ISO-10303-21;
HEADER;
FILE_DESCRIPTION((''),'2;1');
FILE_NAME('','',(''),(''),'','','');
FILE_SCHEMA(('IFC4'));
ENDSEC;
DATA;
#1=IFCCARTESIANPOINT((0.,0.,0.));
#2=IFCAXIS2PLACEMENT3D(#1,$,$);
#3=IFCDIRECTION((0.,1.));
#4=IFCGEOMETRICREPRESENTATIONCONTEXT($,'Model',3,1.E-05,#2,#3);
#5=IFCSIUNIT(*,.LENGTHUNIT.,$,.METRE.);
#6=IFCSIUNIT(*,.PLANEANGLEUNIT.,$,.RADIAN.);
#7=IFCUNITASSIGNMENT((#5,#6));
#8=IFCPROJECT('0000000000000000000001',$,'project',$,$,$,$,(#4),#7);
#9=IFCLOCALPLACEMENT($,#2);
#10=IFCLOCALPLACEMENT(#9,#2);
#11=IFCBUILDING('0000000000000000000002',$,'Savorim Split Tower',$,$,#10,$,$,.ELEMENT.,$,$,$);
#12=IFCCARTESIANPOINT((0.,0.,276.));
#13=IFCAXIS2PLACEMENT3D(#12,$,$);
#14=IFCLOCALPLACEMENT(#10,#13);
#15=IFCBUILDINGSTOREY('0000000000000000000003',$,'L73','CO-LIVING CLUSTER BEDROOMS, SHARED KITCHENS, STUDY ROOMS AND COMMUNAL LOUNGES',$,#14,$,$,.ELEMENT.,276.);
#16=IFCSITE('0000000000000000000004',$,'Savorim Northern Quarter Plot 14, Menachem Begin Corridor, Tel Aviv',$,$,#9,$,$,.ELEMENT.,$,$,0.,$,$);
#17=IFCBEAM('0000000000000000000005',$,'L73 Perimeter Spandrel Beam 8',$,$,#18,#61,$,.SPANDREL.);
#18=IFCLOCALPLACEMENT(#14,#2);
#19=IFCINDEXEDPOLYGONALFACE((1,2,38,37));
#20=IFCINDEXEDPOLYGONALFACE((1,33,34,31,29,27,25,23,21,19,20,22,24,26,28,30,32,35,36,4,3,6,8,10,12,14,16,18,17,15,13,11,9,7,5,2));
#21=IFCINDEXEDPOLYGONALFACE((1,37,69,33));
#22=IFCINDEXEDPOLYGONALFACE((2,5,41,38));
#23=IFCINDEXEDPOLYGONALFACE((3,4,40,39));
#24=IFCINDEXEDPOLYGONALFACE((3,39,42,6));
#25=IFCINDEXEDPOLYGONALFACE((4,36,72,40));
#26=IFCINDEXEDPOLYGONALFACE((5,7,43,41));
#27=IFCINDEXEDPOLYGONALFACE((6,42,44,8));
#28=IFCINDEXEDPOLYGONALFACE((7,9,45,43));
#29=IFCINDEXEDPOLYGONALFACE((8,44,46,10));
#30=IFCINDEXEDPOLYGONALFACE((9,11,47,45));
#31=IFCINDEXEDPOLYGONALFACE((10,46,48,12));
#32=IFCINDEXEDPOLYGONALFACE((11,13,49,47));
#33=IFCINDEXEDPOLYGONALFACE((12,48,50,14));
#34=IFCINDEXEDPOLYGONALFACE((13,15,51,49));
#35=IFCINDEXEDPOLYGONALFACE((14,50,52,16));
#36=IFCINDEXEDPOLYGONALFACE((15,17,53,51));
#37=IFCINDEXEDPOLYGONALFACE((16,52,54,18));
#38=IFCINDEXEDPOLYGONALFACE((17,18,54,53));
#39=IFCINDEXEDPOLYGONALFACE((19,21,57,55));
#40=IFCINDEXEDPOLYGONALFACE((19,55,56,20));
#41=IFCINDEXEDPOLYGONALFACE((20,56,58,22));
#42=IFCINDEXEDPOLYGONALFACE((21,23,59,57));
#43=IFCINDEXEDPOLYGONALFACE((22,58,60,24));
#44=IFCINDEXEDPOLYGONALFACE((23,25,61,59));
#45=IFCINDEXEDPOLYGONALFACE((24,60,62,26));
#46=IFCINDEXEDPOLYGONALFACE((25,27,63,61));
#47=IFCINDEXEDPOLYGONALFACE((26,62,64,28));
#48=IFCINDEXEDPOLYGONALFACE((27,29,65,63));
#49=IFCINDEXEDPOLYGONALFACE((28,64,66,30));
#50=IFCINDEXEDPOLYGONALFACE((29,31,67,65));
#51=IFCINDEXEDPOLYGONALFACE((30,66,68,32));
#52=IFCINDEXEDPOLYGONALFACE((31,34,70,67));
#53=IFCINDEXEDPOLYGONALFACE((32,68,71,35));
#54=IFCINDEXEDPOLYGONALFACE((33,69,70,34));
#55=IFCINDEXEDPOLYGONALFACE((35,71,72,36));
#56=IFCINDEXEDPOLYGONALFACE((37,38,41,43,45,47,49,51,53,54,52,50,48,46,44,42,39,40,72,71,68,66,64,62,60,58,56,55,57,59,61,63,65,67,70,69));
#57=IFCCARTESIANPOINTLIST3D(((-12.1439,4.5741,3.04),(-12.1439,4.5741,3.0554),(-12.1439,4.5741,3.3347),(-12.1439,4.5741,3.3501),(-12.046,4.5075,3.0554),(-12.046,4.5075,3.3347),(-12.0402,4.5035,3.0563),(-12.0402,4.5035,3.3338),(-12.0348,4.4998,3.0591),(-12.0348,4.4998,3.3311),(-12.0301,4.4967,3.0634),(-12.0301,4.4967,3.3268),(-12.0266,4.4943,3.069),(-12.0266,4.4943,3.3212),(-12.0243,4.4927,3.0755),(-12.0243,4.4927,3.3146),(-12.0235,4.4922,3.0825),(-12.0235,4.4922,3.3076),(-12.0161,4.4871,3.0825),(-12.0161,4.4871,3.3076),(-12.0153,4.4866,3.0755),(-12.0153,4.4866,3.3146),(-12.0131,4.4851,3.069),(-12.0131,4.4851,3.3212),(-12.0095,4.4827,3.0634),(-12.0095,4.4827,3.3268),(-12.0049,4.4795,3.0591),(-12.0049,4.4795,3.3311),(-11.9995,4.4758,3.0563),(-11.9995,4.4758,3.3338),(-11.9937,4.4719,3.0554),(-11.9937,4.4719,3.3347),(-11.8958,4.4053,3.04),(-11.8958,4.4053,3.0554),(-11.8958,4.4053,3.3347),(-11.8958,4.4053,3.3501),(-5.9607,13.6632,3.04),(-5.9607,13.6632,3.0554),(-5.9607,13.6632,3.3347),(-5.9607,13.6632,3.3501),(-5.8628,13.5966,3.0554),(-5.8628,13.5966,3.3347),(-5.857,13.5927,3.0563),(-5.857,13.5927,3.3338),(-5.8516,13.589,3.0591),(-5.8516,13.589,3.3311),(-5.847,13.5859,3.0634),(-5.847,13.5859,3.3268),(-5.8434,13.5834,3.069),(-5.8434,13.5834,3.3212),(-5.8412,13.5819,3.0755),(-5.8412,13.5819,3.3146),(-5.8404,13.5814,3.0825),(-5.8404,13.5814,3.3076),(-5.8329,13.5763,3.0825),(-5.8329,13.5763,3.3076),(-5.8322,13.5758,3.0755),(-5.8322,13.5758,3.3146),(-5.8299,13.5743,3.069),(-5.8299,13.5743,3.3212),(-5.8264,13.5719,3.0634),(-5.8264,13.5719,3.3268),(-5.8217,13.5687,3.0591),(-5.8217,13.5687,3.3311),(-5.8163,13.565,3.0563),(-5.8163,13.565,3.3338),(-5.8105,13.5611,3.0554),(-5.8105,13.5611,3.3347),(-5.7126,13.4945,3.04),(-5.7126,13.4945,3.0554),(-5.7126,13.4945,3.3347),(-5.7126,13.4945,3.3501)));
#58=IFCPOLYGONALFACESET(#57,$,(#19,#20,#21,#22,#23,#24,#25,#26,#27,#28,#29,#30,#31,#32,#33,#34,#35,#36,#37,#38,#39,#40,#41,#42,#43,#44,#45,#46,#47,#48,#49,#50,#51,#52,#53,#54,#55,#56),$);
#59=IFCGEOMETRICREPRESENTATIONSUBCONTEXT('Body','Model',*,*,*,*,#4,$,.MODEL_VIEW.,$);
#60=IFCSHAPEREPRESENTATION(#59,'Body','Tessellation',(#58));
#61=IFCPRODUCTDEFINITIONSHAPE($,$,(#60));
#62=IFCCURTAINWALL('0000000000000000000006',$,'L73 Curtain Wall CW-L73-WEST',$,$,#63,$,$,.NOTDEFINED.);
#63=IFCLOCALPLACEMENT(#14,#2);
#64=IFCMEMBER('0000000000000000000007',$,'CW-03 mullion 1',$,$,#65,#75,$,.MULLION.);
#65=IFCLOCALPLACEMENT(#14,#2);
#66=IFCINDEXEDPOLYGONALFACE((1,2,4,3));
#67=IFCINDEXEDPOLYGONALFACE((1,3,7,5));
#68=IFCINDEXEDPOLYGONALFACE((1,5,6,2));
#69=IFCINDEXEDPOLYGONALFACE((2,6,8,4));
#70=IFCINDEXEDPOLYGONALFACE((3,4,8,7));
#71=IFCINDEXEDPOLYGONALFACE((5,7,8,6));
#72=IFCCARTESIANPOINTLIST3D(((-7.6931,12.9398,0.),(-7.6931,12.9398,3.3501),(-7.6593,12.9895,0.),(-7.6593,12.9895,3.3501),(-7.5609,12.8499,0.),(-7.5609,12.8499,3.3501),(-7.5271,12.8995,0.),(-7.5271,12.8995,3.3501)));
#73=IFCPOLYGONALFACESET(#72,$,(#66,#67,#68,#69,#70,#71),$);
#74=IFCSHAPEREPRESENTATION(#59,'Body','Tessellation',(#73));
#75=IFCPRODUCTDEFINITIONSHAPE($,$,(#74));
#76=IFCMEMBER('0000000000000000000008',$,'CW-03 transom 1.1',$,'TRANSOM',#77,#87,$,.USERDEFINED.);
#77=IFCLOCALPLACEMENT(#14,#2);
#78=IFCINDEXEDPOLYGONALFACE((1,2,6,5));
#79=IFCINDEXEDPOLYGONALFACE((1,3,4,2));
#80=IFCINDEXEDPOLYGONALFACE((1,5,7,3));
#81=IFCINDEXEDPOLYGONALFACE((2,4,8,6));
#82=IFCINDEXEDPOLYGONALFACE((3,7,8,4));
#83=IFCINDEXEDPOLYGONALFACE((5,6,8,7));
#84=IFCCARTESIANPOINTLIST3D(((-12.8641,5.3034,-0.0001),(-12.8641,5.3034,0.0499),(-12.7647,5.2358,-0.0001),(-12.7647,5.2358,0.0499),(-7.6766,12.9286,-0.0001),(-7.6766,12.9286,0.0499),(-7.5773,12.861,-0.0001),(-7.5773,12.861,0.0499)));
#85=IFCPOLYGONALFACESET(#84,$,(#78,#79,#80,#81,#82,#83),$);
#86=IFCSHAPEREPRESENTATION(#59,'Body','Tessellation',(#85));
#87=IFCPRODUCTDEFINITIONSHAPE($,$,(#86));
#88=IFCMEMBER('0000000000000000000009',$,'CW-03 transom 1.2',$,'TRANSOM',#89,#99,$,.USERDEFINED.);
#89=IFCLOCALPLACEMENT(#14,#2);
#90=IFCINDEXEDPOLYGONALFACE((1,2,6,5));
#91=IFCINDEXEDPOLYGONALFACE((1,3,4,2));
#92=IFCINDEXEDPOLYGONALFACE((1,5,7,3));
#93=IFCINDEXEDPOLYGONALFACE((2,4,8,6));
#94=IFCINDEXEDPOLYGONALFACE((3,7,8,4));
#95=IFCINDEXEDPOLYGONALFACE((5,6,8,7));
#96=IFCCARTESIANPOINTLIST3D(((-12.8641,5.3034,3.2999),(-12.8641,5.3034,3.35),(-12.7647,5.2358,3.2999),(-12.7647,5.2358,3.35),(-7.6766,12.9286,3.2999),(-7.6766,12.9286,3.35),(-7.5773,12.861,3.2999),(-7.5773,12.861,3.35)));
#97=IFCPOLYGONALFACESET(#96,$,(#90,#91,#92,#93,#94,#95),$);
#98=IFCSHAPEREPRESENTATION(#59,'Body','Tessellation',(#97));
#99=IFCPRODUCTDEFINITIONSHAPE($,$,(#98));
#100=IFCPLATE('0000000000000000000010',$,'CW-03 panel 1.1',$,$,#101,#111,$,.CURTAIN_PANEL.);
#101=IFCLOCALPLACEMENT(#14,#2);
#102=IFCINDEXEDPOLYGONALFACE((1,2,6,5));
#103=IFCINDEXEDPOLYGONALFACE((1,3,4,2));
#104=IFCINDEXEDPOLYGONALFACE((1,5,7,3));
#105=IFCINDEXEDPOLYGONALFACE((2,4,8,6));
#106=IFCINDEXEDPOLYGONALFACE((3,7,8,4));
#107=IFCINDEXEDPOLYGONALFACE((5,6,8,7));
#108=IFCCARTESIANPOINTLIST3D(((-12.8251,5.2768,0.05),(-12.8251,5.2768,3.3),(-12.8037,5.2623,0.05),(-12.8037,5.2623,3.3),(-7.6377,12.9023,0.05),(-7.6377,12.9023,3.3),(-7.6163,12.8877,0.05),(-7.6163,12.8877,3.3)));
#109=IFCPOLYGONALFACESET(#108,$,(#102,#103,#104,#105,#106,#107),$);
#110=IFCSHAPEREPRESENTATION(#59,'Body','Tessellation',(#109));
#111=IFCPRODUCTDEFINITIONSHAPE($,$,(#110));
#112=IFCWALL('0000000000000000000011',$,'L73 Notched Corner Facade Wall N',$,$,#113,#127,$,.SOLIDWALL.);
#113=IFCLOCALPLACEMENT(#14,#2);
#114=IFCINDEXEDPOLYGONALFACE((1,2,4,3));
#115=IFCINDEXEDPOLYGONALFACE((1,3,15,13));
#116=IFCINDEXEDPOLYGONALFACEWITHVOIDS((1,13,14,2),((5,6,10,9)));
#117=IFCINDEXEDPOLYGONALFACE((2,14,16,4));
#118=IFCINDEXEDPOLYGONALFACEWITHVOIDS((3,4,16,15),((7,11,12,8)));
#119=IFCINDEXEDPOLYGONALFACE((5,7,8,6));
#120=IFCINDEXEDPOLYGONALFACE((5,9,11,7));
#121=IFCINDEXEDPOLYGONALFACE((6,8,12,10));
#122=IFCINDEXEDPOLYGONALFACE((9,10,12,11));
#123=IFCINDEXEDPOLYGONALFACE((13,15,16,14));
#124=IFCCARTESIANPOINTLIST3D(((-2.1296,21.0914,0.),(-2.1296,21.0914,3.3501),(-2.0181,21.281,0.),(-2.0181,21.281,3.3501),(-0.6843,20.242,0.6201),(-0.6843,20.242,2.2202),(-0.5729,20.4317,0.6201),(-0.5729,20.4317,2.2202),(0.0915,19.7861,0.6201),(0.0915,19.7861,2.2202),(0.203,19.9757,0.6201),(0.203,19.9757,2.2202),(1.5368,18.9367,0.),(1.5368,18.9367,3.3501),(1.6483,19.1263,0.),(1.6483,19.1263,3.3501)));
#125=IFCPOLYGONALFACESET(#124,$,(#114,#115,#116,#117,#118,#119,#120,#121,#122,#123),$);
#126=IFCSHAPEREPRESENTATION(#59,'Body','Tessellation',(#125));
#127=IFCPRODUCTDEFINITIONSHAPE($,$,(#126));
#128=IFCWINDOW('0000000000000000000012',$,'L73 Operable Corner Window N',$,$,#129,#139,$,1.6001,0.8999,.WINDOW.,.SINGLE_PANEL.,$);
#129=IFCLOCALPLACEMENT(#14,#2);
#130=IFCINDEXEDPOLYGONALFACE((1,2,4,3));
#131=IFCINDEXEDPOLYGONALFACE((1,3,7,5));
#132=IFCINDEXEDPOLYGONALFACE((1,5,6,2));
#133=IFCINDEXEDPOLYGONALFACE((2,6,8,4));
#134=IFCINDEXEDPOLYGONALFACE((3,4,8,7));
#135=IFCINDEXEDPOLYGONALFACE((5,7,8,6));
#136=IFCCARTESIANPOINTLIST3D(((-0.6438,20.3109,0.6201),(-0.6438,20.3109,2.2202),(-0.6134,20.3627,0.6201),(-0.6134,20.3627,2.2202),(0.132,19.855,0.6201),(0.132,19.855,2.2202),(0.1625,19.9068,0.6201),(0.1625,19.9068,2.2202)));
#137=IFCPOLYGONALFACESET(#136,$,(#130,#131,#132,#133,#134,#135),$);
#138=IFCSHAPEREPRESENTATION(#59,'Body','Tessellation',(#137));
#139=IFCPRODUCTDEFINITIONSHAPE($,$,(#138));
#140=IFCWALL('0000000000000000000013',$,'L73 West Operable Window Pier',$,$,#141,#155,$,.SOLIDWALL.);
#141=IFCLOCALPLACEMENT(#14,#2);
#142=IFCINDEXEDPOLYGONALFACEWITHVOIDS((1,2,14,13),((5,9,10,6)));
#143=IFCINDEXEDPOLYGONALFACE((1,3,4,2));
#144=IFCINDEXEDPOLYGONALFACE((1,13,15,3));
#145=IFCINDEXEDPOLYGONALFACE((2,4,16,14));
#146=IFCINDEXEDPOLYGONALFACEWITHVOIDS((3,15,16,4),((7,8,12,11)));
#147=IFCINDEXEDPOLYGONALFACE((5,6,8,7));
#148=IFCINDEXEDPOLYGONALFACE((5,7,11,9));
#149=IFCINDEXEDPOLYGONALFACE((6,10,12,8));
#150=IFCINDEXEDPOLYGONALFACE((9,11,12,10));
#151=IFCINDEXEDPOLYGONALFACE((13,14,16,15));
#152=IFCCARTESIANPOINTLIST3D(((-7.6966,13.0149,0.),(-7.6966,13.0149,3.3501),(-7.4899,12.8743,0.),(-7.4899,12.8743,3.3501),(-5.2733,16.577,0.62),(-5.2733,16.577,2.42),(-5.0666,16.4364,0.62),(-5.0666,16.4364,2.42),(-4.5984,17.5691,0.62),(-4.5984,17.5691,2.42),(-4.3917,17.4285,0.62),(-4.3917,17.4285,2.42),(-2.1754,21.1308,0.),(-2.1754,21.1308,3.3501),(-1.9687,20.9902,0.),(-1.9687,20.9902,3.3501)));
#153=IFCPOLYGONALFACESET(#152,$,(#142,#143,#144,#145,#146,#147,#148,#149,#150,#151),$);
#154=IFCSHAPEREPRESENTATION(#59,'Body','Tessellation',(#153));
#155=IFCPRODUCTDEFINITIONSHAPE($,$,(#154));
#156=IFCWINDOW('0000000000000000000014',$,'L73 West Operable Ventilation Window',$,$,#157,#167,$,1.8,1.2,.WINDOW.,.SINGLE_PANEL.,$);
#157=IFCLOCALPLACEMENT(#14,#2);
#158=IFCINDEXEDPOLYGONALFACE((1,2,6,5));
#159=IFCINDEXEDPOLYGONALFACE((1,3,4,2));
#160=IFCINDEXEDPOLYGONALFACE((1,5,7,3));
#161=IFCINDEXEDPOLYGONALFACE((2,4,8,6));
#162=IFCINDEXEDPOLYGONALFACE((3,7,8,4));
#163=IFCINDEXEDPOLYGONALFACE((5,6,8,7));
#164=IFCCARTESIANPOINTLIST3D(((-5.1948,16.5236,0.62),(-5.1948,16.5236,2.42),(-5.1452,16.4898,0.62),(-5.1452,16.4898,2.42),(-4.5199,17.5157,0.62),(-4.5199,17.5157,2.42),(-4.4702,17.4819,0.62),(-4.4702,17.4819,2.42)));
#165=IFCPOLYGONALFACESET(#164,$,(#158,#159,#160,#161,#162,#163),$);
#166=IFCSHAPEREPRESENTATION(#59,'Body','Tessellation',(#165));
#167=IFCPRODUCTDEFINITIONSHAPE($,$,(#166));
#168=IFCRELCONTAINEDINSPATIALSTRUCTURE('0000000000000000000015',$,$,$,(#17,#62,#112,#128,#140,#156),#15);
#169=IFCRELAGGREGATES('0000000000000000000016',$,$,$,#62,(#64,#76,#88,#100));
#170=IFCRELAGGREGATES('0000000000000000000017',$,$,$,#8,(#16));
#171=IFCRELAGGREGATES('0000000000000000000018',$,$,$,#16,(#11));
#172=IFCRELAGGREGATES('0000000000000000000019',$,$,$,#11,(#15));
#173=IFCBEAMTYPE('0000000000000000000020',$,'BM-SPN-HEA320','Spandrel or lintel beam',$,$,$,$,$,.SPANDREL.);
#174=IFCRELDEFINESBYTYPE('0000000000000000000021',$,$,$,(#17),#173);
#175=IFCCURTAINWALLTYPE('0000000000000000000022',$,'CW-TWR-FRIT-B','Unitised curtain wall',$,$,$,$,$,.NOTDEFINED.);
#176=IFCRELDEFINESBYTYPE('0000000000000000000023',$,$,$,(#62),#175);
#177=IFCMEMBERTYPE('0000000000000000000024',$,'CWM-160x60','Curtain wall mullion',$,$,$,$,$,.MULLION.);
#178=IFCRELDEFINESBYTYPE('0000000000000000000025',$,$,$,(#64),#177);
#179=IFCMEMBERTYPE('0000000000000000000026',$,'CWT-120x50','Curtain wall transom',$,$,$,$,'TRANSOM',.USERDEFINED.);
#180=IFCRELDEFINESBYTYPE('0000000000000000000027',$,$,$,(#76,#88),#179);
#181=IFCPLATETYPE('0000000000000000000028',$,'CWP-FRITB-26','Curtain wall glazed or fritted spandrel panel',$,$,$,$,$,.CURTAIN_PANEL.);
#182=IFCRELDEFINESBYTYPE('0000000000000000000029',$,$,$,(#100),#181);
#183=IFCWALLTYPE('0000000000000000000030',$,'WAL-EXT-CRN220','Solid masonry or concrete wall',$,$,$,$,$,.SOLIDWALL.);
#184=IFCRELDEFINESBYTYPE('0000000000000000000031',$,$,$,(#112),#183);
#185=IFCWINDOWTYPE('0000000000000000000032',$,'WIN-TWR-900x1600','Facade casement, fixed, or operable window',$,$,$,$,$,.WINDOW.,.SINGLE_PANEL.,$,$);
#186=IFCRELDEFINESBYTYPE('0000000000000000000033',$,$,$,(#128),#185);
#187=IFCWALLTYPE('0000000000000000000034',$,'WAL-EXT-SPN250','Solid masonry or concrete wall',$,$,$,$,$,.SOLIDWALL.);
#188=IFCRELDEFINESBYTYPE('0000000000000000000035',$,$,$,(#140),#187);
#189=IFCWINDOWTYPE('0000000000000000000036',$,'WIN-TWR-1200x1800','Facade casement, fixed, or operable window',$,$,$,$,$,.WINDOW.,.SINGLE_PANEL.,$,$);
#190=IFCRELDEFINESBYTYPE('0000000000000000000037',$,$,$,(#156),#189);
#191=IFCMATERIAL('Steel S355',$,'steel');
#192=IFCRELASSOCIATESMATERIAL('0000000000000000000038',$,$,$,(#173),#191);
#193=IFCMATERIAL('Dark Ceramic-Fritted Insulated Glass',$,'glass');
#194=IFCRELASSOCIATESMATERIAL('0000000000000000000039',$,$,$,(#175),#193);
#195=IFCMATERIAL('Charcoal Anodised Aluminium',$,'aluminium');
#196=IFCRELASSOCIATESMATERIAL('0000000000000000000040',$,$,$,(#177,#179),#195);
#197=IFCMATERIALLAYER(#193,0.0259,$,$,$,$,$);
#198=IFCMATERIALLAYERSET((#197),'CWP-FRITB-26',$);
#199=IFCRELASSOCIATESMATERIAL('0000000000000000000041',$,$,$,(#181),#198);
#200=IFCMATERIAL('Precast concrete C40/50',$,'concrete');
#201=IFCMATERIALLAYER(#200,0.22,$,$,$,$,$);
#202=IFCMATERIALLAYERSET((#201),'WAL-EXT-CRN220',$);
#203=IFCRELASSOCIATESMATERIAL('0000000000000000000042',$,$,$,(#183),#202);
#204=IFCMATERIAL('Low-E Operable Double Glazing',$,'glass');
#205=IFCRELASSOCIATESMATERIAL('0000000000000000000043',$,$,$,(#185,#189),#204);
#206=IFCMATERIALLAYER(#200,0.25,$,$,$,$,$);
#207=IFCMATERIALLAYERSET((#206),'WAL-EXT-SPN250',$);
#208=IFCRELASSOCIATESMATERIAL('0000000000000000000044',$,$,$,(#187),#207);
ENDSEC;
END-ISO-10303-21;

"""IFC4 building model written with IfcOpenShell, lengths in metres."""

from ifc_helpers import new_model, si_unit, direction, frame, frame_2d, origin, origin_2d, place, context, subcontext, project, spatial, rectangle, i_section, extrude, material, layer, layer_set, material_profile, profile_set, type_object, element, fill, aggregate, save


model = new_model("IFC4")

# Units and contexts
model_context = context("Model", 3, precision=1e-05, world=origin(), true_north=direction((0.0, 1.0)))
body_context = subcontext(model_context, "Body", "Model", "MODEL_VIEW")
ifc_project = project(units=[si_unit("LENGTHUNIT", "METRE"), si_unit("PLANEANGLEUNIT", "RADIAN")], contexts=[model_context])

# Site, building, storey
site_placement = place(None, origin())
site = spatial("IfcSite", under=ifc_project, at=site_placement, Name="Savorim Northern Quarter Plot 14, Menachem Begin Corridor, Tel Aviv", CompositionType="ELEMENT", RefElevation=0.0)
building_placement = place(site_placement, origin())
building = spatial("IfcBuilding", under=site, at=building_placement, Name="Savorim Split Tower", CompositionType="ELEMENT")
storey_placement = place(building_placement, frame((0.0, 0.0, 276.0)))
storey = spatial("IfcBuildingStorey", under=building, at=storey_placement, Name="L73", Description="CO-LIVING CLUSTER BEDROOMS, SHARED KITCHENS, STUDY ROOMS AND COMMUNAL LOUNGES", CompositionType="ELEMENT", Elevation=276.0)

# Shared definitions
ifc_material_1 = material(Name="Steel S355", Category="steel")

# Beam
ifc_material_profile_1 = material_profile(ifc_material_1, i_section(OverallWidth=0.3, OverallDepth=0.3101, WebThickness=0.009, FlangeThickness=0.0154, FilletRadius=0.0271, at=origin_2d()), Name="HEA 320")
ifc_profile_set_1 = profile_set([ifc_material_profile_1], Name="Steel S355")
beam_type_1 = type_object("IfcBeamType", Name="BM-SPN-HEA320", Description="Spandrel or lintel beam", PredefinedType="SPANDREL", material=ifc_profile_set_1)
beam_1_placement = place(storey_placement, frame((-5.8367, 13.5789, 3.1951), z_axis=(-0.562466, -0.82682, 0.0), x_axis=(0.82682, -0.562466, 0.0)))
element("IfcBeam", 1, at=beam_1_placement, inside=storey, type_object=beam_type_1, Name="L73 Perimeter Spandrel Beam 8", PredefinedType="SPANDREL", context=body_context, shape_type="SweptSolid", body=[
    extrude(i_section(OverallWidth=0.3, OverallDepth=0.3101, WebThickness=0.009, FlangeThickness=0.0154, FilletRadius=0.0271, at=origin_2d()), origin(), (0.0, 0.0, 1.0), 10.9929),
])

# Curtain wall, members, plate
ifc_material_2 = material(Name="Dark Ceramic-Fritted Insulated Glass", Category="glass")
curtain_wall_type = type_object("IfcCurtainWallType", Name="CW-TWR-FRIT-B", Description="Unitised curtain wall", PredefinedType="NOTDEFINED", material=ifc_material_2)
curtain_wall_placement = place(storey_placement, origin())
curtain_wall = element("IfcCurtainWall", 2, at=curtain_wall_placement, inside=storey, type_object=curtain_wall_type, Name="L73 Curtain Wall CW-L73-WEST", PredefinedType="NOTDEFINED")
ifc_material_3 = material(Name="Charcoal Anodised Aluminium", Category="aluminium")
ifc_material_profile_2 = material_profile(ifc_material_3, rectangle(XDim=0.1599, YDim=0.0601, at=origin_2d()), Name="ALU-M 160x60")
ifc_profile_set_2 = profile_set([ifc_material_profile_2], Name="Charcoal Anodised Aluminium")
member_type_1 = type_object("IfcMemberType", Name="CWM-160x60", Description="Curtain wall mullion", PredefinedType="MULLION", material=ifc_profile_set_2)
member_1_placement = place(storey_placement, frame((-7.6101, 12.9197, 0.0), z_axis=(0.0, 0.0, 1.0), x_axis=(0.826818, -0.56247, 0.0)))
member_1 = element("IfcMember", 3, at=member_1_placement, type_object=member_type_1, Name="CW-03 mullion 1", PredefinedType="MULLION", context=body_context, shape_type="SweptSolid", body=[
    extrude(rectangle(XDim=0.1599, YDim=0.0601, at=origin_2d()), origin(), (0.0, 0.0, 1.0), 3.3501),
])
ifc_material_profile_3 = material_profile(ifc_material_3, rectangle(XDim=0.1201, YDim=0.05, at=origin_2d()), Name="ALU-T 120x50")
ifc_profile_set_3 = profile_set([ifc_material_profile_3], Name="Charcoal Anodised Aluminium")
member_type_2 = type_object("IfcMemberType", Name="CWT-120x50", Description="Curtain wall transom", ElementType="TRANSOM", PredefinedType="USERDEFINED", material=ifc_profile_set_3)
member_2_placement = place(storey_placement, frame((-7.627, 12.8948, 0.0249), z_axis=(-0.562483, -0.826809, 0.0), x_axis=(0.826809, -0.562483, 0.0)))
member_2 = element("IfcMember", 4, at=member_2_placement, type_object=member_type_2, Name="CW-03 transom 1.1", ObjectType="TRANSOM", PredefinedType="USERDEFINED", context=body_context, shape_type="SweptSolid", body=[
    extrude(rectangle(XDim=0.1201, YDim=0.05, at=origin_2d()), origin(), (0.0, 0.0, 1.0), 9.2224),
])
member_3_placement = place(storey_placement, frame((-7.627, 12.8948, 3.325), z_axis=(-0.562483, -0.826809, 0.0), x_axis=(0.826809, -0.562483, 0.0)))
member_3 = element("IfcMember", 5, at=member_3_placement, type_object=member_type_2, Name="CW-03 transom 1.2", ObjectType="TRANSOM", PredefinedType="USERDEFINED", context=body_context, shape_type="SweptSolid", body=[
    extrude(rectangle(XDim=0.1201, YDim=0.05, at=origin_2d()), origin(), (0.0, 0.0, 1.0), 9.2224),
])
ifc_layer_1 = layer(ifc_material_2, 0.0259)
ifc_layer_set_1 = layer_set([ifc_layer_1], Name="CWP-FRITB-26")
plate_type = type_object("IfcPlateType", Name="CWP-FRITB-26", Description="Curtain wall glazed or fritted spandrel panel", PredefinedType="CURTAIN_PANEL", material=ifc_layer_set_1)
plate_placement = place(storey_placement, frame((-10.2207, 9.0823, 0.05), z_axis=(0.0, 0.0, 1.0), x_axis=(-0.56247, -0.826818, 0.0)))
plate = element("IfcPlate", 6, at=plate_placement, type_object=plate_type, Name="CW-03 panel 1.1", PredefinedType="CURTAIN_PANEL", context=body_context, shape_type="SweptSolid", body=[
    extrude(rectangle(XDim=9.2227, YDim=0.0259, at=origin_2d()), origin(), (0.0, 0.0, 1.0), 3.25),
])
aggregate(curtain_wall, [member_1, member_2, member_3, plate])

# Walls, openings, windows
ifc_material_4 = material(Name="Precast concrete C40/50", Category="concrete")
ifc_layer_2 = layer(ifc_material_4, 0.22)
ifc_layer_set_2 = layer_set([ifc_layer_2], Name="WAL-EXT-CRN220")
wall_type_1 = type_object("IfcWallType", Name="WAL-EXT-CRN220", Description="Solid masonry or concrete wall", PredefinedType="SOLIDWALL", material=ifc_layer_set_2)
wall_1_placement = place(storey_placement, frame((-2.074, 21.1863, 0.0), z_axis=(0.0, 0.0, 1.0), x_axis=(0.862138, -0.506674, 0.0)))
wall_1 = element("IfcWall", 7, at=wall_1_placement, inside=storey, type_object=wall_type_1, Name="L73 Notched Corner Facade Wall N", PredefinedType="SOLIDWALL", context=body_context, shape_type="SweptSolid", body=[
    extrude(rectangle(XDim=4.2527, YDim=0.22, at=frame_2d((2.1265, 0.0))), origin(), (0.0, 0.0, 1.0), 3.3501),
])
opening_1_placement = place(wall_1_placement, frame((1.6765, 0.0, 0.6201)))
opening_1 = element("IfcOpeningElement", 8, at=opening_1_placement, cuts=wall_1, PredefinedType="OPENING", context=body_context, shape_type="SweptSolid", body=[
    extrude(rectangle(XDim=0.8999, YDim=1.6001, at=frame_2d((0.45, 0.8))), frame((0.0, 0.1199, 0.0), z_axis=(0.0, -1.0, 0.0), x_axis=(1.0, 0.0, 0.0)), (0.0, 0.0, 1.0), 0.24),
])
ifc_material_5 = material(Name="Low-E Operable Double Glazing", Category="glass")
window_type_1 = type_object("IfcWindowType", Name="WIN-TWR-900x1600", Description="Facade casement, fixed, or operable window", PartitioningType="SINGLE_PANEL", PredefinedType="WINDOW", material=ifc_material_5)
window_1_placement = place(opening_1_placement, origin())
window_1 = element("IfcWindow", 9, at=window_1_placement, inside=storey, type_object=window_type_1, Name="L73 Operable Corner Window N", OverallHeight=1.6001, OverallWidth=0.8999, PartitioningType="SINGLE_PANEL", PredefinedType="WINDOW", context=body_context, shape_type="SweptSolid", body=[
    extrude(rectangle(XDim=0.8999, YDim=1.6001, at=frame_2d((0.45, 0.8))), frame((0.0, 0.03, 0.0), z_axis=(0.0, -1.0, 0.0), x_axis=(1.0, 0.0, 0.0)), (0.0, 0.0, 1.0), 0.0601),
])
fill(opening_1, window_1)
ifc_layer_3 = layer(ifc_material_4, 0.25)
ifc_layer_set_3 = layer_set([ifc_layer_3], Name="WAL-EXT-SPN250")
wall_type_2 = type_object("IfcWallType", Name="WAL-EXT-SPN250", Description="Solid masonry or concrete wall", PredefinedType="SOLIDWALL", material=ifc_layer_set_3)
wall_2_placement = place(storey_placement, frame((-7.5933, 12.9446, 0.0), z_axis=(0.0, 0.0, 1.0), x_axis=(0.562476, 0.826814, 0.0)))
wall_2 = element("IfcWall", 10, at=wall_2_placement, inside=storey, type_object=wall_type_2, Name="L73 West Operable Window Pier", PredefinedType="SOLIDWALL", context=body_context, shape_type="SweptSolid", body=[
    extrude(rectangle(XDim=9.8159, YDim=0.25, at=frame_2d((4.908, 0.0))), origin(), (0.0, 0.0, 1.0), 3.3501),
])
opening_2_placement = place(wall_2_placement, frame((4.3081, 0.0, 0.6201)))
opening_2 = element("IfcOpeningElement", 11, at=opening_2_placement, cuts=wall_2, PredefinedType="OPENING", context=body_context, shape_type="SweptSolid", body=[
    extrude(rectangle(XDim=1.2, YDim=1.8, at=frame_2d((0.6001, 0.8999))), frame((0.0, 0.135, 0.0), z_axis=(0.0, -1.0, 0.0), x_axis=(1.0, 0.0, 0.0)), (0.0, 0.0, 1.0), 0.27),
])
window_type_2 = type_object("IfcWindowType", Name="WIN-TWR-1200x1800", Description="Facade casement, fixed, or operable window", PartitioningType="SINGLE_PANEL", PredefinedType="WINDOW", material=ifc_material_5)
window_2_placement = place(opening_2_placement, origin())
window_2 = element("IfcWindow", 12, at=window_2_placement, inside=storey, type_object=window_type_2, Name="L73 West Operable Ventilation Window", OverallHeight=1.8, OverallWidth=1.2, PartitioningType="SINGLE_PANEL", PredefinedType="WINDOW", context=body_context, shape_type="SweptSolid", body=[
    extrude(rectangle(XDim=1.2, YDim=1.8, at=frame_2d((0.6001, 0.8999))), frame((0.0, 0.03, 0.0), z_axis=(0.0, -1.0, 0.0), x_axis=(1.0, 0.0, 0.0)), (0.0, 0.0, 1.0), 0.0601),
])
fill(opening_2, window_2)

save(model, "model.ifc")
